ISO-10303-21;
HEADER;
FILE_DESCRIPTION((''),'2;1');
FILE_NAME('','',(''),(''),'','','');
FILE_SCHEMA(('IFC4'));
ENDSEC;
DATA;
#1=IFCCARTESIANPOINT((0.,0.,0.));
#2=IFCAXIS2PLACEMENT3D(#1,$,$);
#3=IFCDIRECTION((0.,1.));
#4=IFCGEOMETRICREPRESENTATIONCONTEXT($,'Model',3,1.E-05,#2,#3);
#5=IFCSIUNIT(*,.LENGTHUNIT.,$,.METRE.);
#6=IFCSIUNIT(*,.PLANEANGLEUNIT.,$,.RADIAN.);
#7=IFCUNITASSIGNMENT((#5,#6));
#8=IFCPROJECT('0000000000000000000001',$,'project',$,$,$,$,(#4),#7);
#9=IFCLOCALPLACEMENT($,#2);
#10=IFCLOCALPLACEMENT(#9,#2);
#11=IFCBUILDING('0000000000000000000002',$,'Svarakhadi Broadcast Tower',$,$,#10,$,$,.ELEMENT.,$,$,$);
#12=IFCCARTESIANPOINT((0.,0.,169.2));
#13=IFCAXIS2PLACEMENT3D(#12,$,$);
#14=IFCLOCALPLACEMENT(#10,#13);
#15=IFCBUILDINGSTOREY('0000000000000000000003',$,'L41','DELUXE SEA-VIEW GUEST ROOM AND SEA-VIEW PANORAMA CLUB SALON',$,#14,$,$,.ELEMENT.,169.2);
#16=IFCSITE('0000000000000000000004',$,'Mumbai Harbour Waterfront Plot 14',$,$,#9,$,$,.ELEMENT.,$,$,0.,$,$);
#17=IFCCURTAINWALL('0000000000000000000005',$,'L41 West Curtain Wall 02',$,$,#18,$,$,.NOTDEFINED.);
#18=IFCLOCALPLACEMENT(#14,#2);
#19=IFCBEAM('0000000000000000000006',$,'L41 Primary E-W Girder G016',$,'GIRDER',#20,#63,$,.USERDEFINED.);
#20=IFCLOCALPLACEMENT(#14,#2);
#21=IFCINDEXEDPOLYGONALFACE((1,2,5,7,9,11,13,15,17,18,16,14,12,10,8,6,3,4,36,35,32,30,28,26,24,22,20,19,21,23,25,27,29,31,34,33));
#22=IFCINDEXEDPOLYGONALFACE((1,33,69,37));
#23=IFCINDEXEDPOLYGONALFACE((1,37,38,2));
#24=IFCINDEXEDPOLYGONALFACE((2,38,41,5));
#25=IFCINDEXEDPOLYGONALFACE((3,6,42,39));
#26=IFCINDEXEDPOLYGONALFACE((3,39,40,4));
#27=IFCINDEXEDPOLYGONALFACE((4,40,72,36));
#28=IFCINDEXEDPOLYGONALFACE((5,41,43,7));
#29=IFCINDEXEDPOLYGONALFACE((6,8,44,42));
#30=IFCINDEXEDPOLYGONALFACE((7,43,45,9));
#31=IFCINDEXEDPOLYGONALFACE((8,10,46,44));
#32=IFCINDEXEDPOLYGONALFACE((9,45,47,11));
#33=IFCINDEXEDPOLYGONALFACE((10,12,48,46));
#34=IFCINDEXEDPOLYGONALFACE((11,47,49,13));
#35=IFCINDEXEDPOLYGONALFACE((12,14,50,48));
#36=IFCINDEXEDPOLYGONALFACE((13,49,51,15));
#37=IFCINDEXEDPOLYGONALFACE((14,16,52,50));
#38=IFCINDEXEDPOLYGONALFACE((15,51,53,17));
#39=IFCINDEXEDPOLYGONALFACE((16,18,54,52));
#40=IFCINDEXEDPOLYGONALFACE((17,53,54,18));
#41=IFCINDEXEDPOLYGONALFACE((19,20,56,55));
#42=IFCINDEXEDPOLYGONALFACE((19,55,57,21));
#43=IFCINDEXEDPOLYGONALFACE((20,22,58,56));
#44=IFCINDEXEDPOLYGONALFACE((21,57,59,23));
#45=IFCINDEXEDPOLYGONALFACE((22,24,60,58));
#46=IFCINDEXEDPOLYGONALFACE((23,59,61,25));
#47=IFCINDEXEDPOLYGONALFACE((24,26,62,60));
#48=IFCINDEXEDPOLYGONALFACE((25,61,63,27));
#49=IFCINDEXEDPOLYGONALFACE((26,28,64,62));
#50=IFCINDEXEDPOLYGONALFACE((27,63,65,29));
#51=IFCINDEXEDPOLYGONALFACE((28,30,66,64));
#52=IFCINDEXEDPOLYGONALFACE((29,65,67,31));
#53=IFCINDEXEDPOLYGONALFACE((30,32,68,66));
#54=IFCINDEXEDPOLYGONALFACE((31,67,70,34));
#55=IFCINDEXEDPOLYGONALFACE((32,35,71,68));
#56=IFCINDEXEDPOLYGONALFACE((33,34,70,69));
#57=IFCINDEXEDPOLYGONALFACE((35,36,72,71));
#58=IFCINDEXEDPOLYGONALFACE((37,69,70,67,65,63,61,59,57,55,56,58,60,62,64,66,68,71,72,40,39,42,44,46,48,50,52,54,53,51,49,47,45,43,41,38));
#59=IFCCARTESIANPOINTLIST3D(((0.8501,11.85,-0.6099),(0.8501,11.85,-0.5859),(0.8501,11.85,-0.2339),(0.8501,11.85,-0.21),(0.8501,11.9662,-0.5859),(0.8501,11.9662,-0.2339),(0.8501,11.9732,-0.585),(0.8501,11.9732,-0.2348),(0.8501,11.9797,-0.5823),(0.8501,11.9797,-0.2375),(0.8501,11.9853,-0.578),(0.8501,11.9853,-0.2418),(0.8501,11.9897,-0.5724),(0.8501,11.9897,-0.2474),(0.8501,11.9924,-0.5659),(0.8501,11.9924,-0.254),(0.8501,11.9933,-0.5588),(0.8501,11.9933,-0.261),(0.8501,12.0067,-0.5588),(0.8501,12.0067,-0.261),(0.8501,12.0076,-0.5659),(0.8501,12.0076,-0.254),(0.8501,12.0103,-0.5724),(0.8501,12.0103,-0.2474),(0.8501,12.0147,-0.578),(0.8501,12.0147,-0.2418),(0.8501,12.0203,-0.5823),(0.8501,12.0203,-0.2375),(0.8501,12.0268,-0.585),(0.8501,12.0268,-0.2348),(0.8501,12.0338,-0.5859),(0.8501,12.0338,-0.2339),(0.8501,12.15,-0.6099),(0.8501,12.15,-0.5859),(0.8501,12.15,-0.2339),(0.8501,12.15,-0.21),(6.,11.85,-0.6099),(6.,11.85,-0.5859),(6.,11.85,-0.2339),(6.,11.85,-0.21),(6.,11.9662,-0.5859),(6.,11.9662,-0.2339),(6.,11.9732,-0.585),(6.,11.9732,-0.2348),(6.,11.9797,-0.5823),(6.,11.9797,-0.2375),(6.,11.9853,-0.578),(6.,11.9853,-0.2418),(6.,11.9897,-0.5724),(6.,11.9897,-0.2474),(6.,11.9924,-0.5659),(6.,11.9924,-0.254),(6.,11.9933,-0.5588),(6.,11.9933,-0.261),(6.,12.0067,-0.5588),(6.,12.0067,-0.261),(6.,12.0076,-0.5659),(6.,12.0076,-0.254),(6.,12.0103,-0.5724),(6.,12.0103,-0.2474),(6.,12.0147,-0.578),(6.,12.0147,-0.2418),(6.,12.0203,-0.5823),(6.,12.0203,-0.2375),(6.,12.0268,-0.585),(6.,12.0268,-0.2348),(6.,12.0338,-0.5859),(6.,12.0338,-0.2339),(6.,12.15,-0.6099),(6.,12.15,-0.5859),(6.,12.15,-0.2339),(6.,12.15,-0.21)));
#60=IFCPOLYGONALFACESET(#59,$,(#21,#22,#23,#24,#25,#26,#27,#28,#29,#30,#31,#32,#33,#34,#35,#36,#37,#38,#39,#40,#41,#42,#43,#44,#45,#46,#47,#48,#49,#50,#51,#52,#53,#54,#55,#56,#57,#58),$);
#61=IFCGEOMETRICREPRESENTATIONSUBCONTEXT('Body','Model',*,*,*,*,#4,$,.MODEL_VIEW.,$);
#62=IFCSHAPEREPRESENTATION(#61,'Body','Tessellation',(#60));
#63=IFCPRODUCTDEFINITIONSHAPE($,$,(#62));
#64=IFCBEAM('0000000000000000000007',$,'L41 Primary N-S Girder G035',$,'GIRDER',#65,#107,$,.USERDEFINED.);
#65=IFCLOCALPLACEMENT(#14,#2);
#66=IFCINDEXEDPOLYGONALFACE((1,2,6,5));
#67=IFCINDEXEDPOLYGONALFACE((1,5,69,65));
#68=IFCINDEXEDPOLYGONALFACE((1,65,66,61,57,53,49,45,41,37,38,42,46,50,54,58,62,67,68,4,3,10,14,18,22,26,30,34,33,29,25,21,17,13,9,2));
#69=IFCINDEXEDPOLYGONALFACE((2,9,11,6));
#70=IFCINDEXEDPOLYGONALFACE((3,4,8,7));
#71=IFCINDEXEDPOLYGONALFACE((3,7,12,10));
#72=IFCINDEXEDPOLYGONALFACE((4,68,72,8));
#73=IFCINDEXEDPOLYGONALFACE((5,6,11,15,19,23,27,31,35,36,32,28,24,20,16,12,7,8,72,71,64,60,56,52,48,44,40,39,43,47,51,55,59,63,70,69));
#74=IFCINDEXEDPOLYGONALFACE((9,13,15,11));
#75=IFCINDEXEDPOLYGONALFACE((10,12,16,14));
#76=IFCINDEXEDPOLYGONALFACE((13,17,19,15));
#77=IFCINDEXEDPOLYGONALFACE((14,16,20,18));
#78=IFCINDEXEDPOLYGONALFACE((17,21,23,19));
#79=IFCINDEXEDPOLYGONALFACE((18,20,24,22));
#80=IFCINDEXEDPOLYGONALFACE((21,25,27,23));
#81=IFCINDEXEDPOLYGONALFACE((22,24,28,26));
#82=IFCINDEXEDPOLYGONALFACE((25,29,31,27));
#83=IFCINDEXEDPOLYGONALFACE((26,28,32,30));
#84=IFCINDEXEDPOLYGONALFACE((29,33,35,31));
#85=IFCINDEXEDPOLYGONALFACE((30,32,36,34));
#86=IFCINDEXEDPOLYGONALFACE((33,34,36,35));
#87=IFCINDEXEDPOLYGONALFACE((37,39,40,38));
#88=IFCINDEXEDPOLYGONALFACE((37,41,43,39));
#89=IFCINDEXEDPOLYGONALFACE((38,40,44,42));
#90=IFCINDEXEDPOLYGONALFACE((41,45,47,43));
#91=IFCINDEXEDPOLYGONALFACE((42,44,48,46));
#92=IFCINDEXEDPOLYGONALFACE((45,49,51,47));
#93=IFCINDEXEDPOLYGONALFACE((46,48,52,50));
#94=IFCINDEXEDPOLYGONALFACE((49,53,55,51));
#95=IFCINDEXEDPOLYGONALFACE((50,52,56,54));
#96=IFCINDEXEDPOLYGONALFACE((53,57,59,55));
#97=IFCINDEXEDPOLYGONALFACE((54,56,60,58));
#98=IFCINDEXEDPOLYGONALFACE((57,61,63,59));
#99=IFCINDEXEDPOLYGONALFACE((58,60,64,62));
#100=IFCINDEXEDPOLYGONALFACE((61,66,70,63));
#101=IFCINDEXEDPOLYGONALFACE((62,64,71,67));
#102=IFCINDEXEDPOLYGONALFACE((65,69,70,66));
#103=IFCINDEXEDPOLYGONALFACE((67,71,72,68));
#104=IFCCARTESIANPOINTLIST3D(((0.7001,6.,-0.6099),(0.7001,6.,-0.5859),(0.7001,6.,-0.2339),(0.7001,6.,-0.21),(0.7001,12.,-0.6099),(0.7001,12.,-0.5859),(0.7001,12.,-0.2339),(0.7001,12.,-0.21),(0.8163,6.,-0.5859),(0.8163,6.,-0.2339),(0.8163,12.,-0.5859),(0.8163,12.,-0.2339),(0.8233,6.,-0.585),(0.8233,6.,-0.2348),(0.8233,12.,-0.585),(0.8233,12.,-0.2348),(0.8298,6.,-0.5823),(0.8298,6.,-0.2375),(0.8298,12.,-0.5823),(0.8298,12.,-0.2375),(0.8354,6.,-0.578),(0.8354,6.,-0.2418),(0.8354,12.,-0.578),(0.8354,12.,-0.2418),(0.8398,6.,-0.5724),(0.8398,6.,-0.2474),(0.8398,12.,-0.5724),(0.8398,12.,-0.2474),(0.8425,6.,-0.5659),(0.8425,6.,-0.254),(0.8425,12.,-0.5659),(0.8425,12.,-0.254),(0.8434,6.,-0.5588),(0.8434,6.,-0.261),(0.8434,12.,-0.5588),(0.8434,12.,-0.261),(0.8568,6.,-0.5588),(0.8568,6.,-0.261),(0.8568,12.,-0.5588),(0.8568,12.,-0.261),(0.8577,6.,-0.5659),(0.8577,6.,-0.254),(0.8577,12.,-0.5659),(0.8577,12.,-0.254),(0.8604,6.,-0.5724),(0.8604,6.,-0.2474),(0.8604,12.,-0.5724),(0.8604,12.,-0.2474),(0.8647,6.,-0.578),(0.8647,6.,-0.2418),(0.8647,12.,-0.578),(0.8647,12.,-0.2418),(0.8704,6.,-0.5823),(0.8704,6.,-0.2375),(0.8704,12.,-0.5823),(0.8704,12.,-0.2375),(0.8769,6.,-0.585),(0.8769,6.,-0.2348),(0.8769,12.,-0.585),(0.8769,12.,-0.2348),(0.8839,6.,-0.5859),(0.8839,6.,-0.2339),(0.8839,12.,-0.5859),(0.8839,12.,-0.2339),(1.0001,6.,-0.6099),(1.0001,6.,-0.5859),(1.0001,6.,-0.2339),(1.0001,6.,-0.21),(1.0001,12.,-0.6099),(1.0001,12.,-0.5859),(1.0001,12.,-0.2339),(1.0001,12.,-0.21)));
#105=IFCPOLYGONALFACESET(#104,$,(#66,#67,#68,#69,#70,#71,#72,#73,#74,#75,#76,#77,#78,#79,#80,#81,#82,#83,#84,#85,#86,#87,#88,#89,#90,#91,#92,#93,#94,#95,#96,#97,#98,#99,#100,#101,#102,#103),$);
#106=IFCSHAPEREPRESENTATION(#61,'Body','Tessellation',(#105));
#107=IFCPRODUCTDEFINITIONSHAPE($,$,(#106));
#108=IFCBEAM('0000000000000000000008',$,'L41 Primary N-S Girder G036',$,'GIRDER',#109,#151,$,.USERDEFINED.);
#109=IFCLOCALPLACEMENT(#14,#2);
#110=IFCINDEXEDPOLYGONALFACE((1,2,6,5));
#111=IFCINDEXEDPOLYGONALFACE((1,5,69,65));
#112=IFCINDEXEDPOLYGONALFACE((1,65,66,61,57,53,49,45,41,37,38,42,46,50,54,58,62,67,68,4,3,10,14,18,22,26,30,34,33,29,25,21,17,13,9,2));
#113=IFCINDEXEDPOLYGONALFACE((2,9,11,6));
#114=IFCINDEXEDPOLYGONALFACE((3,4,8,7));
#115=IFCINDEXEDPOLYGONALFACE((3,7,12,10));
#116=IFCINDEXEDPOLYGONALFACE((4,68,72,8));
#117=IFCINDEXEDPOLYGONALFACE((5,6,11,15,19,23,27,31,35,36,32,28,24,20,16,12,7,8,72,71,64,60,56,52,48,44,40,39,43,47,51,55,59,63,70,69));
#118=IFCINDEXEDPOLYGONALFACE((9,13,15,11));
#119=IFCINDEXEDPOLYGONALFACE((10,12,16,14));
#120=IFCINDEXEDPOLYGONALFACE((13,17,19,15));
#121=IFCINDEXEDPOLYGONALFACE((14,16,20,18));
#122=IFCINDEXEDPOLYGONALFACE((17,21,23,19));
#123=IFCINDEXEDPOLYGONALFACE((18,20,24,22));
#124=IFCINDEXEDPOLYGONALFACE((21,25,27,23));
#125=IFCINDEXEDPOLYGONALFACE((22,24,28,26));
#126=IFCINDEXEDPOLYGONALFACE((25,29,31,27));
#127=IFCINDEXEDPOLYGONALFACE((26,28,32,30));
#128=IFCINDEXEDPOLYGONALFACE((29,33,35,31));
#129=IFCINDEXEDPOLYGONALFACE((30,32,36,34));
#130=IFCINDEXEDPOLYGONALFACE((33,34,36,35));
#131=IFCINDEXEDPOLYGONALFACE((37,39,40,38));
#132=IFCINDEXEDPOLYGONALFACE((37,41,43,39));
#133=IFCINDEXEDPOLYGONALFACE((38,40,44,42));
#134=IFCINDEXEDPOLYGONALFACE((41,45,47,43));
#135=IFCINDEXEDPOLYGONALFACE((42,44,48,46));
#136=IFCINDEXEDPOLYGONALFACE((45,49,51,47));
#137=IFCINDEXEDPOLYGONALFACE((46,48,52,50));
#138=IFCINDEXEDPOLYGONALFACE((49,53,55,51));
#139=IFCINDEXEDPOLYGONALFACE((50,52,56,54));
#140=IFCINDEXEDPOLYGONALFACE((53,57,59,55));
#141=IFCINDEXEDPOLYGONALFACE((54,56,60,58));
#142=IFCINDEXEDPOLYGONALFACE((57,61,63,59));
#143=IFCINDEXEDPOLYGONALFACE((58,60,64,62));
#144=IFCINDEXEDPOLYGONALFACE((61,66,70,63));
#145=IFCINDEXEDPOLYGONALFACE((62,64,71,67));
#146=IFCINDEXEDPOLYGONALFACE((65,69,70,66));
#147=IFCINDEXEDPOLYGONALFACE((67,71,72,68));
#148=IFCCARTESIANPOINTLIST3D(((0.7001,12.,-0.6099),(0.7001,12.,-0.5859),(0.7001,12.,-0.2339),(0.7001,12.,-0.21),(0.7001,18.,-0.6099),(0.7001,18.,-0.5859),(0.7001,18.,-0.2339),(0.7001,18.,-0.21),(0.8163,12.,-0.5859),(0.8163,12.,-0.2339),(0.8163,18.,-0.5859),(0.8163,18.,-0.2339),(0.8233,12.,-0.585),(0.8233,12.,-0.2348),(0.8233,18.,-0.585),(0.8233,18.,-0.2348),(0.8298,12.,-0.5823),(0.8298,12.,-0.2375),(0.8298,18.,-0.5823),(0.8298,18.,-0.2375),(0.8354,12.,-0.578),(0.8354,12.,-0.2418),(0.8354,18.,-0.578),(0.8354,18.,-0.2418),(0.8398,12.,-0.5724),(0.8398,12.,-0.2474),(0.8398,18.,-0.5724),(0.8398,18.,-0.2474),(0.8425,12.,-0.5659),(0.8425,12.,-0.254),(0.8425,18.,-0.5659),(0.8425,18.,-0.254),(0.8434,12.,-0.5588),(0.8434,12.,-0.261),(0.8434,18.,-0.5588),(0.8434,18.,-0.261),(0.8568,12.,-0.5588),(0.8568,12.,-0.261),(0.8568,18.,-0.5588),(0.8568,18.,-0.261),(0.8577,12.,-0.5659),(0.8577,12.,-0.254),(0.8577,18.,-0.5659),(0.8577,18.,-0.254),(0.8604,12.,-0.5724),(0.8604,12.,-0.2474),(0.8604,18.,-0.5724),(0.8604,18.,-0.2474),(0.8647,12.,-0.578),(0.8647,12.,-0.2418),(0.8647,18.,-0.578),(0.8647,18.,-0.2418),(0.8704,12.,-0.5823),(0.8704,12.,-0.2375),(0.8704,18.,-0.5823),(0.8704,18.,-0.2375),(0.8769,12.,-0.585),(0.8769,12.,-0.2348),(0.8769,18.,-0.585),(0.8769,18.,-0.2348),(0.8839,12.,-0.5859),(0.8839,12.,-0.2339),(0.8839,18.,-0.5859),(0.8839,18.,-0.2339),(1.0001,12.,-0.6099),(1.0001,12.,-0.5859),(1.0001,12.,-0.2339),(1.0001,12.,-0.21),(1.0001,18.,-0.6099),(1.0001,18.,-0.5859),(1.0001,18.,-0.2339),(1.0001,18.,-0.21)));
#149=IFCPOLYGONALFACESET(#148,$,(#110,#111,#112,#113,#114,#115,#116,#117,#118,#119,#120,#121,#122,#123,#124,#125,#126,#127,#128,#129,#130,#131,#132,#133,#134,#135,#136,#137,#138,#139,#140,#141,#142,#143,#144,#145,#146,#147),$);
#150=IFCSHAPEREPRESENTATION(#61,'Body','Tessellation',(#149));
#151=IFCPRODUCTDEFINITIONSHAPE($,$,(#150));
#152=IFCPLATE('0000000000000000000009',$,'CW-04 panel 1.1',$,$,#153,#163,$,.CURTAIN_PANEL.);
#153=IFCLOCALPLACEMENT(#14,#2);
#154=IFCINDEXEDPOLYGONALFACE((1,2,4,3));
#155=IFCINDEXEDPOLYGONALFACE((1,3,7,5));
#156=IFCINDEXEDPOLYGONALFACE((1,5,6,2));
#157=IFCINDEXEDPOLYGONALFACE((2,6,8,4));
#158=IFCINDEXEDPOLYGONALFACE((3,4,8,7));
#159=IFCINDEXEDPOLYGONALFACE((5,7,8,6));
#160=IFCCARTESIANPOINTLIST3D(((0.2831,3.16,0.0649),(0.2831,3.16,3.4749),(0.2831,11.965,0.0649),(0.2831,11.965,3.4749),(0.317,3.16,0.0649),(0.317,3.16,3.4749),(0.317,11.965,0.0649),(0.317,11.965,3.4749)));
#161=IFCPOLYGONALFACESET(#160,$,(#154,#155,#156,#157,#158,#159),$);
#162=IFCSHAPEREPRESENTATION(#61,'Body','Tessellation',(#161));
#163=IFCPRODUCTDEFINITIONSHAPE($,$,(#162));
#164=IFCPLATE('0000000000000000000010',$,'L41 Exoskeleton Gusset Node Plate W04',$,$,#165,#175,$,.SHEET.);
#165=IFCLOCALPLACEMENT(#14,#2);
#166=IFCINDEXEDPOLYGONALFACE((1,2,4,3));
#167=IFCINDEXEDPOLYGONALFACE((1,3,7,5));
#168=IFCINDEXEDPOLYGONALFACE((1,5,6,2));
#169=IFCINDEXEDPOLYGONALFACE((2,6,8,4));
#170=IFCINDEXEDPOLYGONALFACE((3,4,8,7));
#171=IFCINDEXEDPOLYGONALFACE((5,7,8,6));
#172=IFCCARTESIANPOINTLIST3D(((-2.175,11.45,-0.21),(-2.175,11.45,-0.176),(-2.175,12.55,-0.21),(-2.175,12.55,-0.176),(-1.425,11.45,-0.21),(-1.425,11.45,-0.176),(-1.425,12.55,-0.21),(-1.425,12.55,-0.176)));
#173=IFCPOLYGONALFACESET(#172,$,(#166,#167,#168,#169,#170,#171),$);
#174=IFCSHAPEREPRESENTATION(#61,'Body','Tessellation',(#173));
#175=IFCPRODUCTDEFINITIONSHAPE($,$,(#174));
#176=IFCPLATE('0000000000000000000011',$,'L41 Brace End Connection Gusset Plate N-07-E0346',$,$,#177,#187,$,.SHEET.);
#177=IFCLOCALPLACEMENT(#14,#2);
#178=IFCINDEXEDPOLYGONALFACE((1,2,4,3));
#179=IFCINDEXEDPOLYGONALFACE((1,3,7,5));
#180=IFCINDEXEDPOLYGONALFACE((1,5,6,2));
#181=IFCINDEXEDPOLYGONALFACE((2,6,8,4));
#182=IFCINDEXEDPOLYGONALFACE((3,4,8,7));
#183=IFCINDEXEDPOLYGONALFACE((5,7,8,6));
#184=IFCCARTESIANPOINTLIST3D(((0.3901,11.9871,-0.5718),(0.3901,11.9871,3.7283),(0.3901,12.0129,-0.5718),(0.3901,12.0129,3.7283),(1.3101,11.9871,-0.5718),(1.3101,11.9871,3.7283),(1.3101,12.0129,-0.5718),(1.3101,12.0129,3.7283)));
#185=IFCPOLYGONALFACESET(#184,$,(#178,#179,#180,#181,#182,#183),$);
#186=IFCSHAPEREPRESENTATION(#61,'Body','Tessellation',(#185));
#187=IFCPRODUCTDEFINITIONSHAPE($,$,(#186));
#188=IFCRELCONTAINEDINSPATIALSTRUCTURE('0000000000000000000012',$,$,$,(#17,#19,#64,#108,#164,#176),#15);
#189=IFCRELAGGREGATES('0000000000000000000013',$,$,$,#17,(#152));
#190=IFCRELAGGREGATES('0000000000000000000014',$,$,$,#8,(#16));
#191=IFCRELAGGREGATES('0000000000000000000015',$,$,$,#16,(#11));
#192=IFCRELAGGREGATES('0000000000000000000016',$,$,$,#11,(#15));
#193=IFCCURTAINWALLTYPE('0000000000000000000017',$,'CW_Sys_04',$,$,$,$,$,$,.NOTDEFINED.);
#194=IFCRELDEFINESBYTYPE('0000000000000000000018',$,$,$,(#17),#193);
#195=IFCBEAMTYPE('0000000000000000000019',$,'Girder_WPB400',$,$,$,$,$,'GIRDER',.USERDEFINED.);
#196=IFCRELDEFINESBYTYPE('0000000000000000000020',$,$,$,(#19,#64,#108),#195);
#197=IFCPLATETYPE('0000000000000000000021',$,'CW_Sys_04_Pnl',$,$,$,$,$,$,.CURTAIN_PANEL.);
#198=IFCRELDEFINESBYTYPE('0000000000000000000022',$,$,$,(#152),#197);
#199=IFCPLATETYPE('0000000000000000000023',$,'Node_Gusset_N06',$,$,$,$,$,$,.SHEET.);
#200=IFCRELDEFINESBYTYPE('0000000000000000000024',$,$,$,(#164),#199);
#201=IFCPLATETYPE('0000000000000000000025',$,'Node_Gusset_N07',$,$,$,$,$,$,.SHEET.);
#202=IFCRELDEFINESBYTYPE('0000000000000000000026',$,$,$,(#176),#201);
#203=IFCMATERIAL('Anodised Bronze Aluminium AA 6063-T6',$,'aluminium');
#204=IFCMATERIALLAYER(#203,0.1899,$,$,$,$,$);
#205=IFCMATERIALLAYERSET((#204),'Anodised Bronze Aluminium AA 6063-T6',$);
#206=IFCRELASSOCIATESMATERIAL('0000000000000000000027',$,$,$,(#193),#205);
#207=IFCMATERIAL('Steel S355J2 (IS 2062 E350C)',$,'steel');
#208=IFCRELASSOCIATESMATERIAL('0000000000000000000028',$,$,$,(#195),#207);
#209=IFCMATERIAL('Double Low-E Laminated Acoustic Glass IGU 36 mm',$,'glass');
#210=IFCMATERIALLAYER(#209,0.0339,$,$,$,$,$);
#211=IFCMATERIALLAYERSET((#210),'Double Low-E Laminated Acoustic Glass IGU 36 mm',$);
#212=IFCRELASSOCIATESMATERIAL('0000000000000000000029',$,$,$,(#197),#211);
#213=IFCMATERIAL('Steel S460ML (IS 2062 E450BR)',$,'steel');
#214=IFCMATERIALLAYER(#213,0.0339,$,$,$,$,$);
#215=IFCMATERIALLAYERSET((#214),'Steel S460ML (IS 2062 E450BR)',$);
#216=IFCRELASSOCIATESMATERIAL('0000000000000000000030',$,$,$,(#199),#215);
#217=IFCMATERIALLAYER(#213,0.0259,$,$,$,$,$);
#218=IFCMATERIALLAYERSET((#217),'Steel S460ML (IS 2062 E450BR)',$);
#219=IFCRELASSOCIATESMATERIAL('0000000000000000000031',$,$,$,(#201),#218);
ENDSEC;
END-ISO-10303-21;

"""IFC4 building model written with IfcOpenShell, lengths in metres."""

from ifc_helpers import new_model, si_unit, direction, frame, origin, origin_2d, place, context, subcontext, project, spatial, rectangle, i_section, extrude, material, layer, layer_set, material_profile, profile_set, type_object, element, aggregate, save


model = new_model("IFC4")

# Units and contexts
model_context = context("Model", 3, precision=1e-05, world=origin(), true_north=direction((0.0, 1.0)))
body_context = subcontext(model_context, "Body", "Model", "MODEL_VIEW")
ifc_project = project(units=[si_unit("LENGTHUNIT", "METRE"), si_unit("PLANEANGLEUNIT", "RADIAN")], contexts=[model_context])

# Site, building, storey
site_placement = place(None, origin())
site = spatial("IfcSite", under=ifc_project, at=site_placement, Name="Mumbai Harbour Waterfront Plot 14", CompositionType="ELEMENT", RefElevation=0.0)
building_placement = place(site_placement, origin())
building = spatial("IfcBuilding", under=site, at=building_placement, Name="Svarakhadi Broadcast Tower", CompositionType="ELEMENT")
storey_placement = place(building_placement, frame((0.0, 0.0, 169.2)))
storey = spatial("IfcBuildingStorey", under=building, at=storey_placement, Name="L41", Description="DELUXE SEA-VIEW GUEST ROOM AND SEA-VIEW PANORAMA CLUB SALON", CompositionType="ELEMENT", Elevation=169.2)

# Shared definitions
ifc_material_1 = material(Name="Steel S460ML (IS 2062 E450BR)", Category="steel")

# Shared definitions
ifc_material_2 = material(Name="Steel S355J2 (IS 2062 E350C)", Category="steel")

# Curtain wall
ifc_material_3 = material(Name="Anodised Bronze Aluminium AA 6063-T6", Category="aluminium")
ifc_layer_1 = layer(ifc_material_3, 0.1899)
ifc_layer_set_1 = layer_set([ifc_layer_1], Name="Anodised Bronze Aluminium AA 6063-T6")
curtain_wall_type = type_object("IfcCurtainWallType", Name="CW_Sys_04", PredefinedType="NOTDEFINED", material=ifc_layer_set_1)
curtain_wall_1_placement = place(storey_placement, origin())
curtain_wall_1 = element("IfcCurtainWall", 1, at=curtain_wall_1_placement, inside=storey, type_object=curtain_wall_type, Name="L41 West Curtain Wall 02", PredefinedType="NOTDEFINED")

# Beams
ifc_material_profile_1 = material_profile(ifc_material_2, i_section(OverallWidth=0.3, OverallDepth=0.3999, WebThickness=0.0134, FlangeThickness=0.0239, FilletRadius=0.0271, at=origin_2d()), Name="WPB 400x300x155")
ifc_profile_set_1 = profile_set([ifc_material_profile_1], Name="Steel S355J2 (IS 2062 E350C)")
beam_type_1 = type_object("IfcBeamType", Name="Girder_WPB400", ElementType="GIRDER", PredefinedType="USERDEFINED", material=ifc_profile_set_1)
for number, where, z_axis, x_axis, name in (
    (2, (0.8501, 12.0, -0.4099), (1.0, 0.0, 0.0), (0.0, 1.0, 0.0), "L41 Primary E-W Girder G016"),
):
    element("IfcBeam", number, at=place(storey_placement, frame(where, z_axis=z_axis, x_axis=x_axis)), inside=storey, type_object=beam_type_1, Name=name, ObjectType="GIRDER", PredefinedType="USERDEFINED", context=body_context, shape_type="SweptSolid", body=[
        extrude(i_section(OverallWidth=0.3, OverallDepth=0.3999, WebThickness=0.0134, FlangeThickness=0.0239, FilletRadius=0.0271, at=origin_2d()), origin(), (0.0, 0.0, 1.0), 5.1499),
    ])
for number, where, z_axis, x_axis, name in (
    (3, (0.8501, 6.0, -0.4099), (0.0, 1.0, 0.0), (-1.0, 0.0, 0.0), "L41 Primary N-S Girder G035"),
    (4, (0.8501, 12.0, -0.4099), (0.0, 1.0, 0.0), (-1.0, 0.0, 0.0), "L41 Primary N-S Girder G036"),
):
    element("IfcBeam", number, at=place(storey_placement, frame(where, z_axis=z_axis, x_axis=x_axis)), inside=storey, type_object=beam_type_1, Name=name, ObjectType="GIRDER", PredefinedType="USERDEFINED", context=body_context, shape_type="SweptSolid", body=[
        extrude(i_section(OverallWidth=0.3, OverallDepth=0.3999, WebThickness=0.0134, FlangeThickness=0.0239, FilletRadius=0.0271, at=origin_2d()), origin(), (0.0, 0.0, 1.0), 6.0),
    ])

# Plate
ifc_material_4 = material(Name="Double Low-E Laminated Acoustic Glass IGU 36 mm", Category="glass")
ifc_layer_2 = layer(ifc_material_4, 0.0339)
ifc_layer_set_2 = layer_set([ifc_layer_2], Name="Double Low-E Laminated Acoustic Glass IGU 36 mm")
plate_type_1 = type_object("IfcPlateType", Name="CW_Sys_04_Pnl", PredefinedType="CURTAIN_PANEL", material=ifc_layer_set_2)
plate_1_placement = place(storey_placement, frame((0.3, 7.5625, 0.0649), z_axis=(0.0, 0.0, 1.0), x_axis=(0.0, 1.0, 0.0)))
plate_1 = element("IfcPlate", 5, at=plate_1_placement, type_object=plate_type_1, Name="CW-04 panel 1.1", PredefinedType="CURTAIN_PANEL", context=body_context, shape_type="SweptSolid", body=[
    extrude(rectangle(XDim=8.8049, YDim=0.0339, at=origin_2d()), origin(), (0.0, 0.0, 1.0), 3.4099),
])
aggregate(curtain_wall_1, [plate_1])

# Plates
ifc_layer_3 = layer(ifc_material_1, 0.0339)
ifc_layer_set_3 = layer_set([ifc_layer_3], Name="Steel S460ML (IS 2062 E450BR)")
plate_type_2 = type_object("IfcPlateType", Name="Node_Gusset_N06", PredefinedType="SHEET", material=ifc_layer_set_3)
plate_2_placement = place(storey_placement, frame((-1.8, 12.0, -0.21), z_axis=(0.0, 0.0, 1.0), x_axis=(0.0, 1.0, 0.0)))
element("IfcPlate", 6, at=plate_2_placement, inside=storey, type_object=plate_type_2, Name="L41 Exoskeleton Gusset Node Plate W04", PredefinedType="SHEET", context=body_context, shape_type="SweptSolid", body=[
    extrude(rectangle(XDim=1.1001, YDim=0.75, at=origin_2d()), origin(), (0.0, 0.0, 1.0), 0.0339),
])
ifc_layer_4 = layer(ifc_material_1, 0.0259)
ifc_layer_set_4 = layer_set([ifc_layer_4], Name="Steel S460ML (IS 2062 E450BR)")
plate_type_3 = type_object("IfcPlateType", Name="Node_Gusset_N07", PredefinedType="SHEET", material=ifc_layer_set_4)
plate_3_placement = place(storey_placement, frame((0.8501, 12.0, -0.5718), z_axis=(0.0, 0.0, 1.0), x_axis=(1.0, 0.0, 0.0)))
element("IfcPlate", 7, at=plate_3_placement, inside=storey, type_object=plate_type_3, Name="L41 Brace End Connection Gusset Plate N-07-E0346", PredefinedType="SHEET", context=body_context, shape_type="SweptSolid", body=[
    extrude(rectangle(XDim=0.9199, YDim=0.0259, at=origin_2d()), origin(), (0.0, 0.0, 1.0), 4.3),
])

save(model, "model.ifc")
